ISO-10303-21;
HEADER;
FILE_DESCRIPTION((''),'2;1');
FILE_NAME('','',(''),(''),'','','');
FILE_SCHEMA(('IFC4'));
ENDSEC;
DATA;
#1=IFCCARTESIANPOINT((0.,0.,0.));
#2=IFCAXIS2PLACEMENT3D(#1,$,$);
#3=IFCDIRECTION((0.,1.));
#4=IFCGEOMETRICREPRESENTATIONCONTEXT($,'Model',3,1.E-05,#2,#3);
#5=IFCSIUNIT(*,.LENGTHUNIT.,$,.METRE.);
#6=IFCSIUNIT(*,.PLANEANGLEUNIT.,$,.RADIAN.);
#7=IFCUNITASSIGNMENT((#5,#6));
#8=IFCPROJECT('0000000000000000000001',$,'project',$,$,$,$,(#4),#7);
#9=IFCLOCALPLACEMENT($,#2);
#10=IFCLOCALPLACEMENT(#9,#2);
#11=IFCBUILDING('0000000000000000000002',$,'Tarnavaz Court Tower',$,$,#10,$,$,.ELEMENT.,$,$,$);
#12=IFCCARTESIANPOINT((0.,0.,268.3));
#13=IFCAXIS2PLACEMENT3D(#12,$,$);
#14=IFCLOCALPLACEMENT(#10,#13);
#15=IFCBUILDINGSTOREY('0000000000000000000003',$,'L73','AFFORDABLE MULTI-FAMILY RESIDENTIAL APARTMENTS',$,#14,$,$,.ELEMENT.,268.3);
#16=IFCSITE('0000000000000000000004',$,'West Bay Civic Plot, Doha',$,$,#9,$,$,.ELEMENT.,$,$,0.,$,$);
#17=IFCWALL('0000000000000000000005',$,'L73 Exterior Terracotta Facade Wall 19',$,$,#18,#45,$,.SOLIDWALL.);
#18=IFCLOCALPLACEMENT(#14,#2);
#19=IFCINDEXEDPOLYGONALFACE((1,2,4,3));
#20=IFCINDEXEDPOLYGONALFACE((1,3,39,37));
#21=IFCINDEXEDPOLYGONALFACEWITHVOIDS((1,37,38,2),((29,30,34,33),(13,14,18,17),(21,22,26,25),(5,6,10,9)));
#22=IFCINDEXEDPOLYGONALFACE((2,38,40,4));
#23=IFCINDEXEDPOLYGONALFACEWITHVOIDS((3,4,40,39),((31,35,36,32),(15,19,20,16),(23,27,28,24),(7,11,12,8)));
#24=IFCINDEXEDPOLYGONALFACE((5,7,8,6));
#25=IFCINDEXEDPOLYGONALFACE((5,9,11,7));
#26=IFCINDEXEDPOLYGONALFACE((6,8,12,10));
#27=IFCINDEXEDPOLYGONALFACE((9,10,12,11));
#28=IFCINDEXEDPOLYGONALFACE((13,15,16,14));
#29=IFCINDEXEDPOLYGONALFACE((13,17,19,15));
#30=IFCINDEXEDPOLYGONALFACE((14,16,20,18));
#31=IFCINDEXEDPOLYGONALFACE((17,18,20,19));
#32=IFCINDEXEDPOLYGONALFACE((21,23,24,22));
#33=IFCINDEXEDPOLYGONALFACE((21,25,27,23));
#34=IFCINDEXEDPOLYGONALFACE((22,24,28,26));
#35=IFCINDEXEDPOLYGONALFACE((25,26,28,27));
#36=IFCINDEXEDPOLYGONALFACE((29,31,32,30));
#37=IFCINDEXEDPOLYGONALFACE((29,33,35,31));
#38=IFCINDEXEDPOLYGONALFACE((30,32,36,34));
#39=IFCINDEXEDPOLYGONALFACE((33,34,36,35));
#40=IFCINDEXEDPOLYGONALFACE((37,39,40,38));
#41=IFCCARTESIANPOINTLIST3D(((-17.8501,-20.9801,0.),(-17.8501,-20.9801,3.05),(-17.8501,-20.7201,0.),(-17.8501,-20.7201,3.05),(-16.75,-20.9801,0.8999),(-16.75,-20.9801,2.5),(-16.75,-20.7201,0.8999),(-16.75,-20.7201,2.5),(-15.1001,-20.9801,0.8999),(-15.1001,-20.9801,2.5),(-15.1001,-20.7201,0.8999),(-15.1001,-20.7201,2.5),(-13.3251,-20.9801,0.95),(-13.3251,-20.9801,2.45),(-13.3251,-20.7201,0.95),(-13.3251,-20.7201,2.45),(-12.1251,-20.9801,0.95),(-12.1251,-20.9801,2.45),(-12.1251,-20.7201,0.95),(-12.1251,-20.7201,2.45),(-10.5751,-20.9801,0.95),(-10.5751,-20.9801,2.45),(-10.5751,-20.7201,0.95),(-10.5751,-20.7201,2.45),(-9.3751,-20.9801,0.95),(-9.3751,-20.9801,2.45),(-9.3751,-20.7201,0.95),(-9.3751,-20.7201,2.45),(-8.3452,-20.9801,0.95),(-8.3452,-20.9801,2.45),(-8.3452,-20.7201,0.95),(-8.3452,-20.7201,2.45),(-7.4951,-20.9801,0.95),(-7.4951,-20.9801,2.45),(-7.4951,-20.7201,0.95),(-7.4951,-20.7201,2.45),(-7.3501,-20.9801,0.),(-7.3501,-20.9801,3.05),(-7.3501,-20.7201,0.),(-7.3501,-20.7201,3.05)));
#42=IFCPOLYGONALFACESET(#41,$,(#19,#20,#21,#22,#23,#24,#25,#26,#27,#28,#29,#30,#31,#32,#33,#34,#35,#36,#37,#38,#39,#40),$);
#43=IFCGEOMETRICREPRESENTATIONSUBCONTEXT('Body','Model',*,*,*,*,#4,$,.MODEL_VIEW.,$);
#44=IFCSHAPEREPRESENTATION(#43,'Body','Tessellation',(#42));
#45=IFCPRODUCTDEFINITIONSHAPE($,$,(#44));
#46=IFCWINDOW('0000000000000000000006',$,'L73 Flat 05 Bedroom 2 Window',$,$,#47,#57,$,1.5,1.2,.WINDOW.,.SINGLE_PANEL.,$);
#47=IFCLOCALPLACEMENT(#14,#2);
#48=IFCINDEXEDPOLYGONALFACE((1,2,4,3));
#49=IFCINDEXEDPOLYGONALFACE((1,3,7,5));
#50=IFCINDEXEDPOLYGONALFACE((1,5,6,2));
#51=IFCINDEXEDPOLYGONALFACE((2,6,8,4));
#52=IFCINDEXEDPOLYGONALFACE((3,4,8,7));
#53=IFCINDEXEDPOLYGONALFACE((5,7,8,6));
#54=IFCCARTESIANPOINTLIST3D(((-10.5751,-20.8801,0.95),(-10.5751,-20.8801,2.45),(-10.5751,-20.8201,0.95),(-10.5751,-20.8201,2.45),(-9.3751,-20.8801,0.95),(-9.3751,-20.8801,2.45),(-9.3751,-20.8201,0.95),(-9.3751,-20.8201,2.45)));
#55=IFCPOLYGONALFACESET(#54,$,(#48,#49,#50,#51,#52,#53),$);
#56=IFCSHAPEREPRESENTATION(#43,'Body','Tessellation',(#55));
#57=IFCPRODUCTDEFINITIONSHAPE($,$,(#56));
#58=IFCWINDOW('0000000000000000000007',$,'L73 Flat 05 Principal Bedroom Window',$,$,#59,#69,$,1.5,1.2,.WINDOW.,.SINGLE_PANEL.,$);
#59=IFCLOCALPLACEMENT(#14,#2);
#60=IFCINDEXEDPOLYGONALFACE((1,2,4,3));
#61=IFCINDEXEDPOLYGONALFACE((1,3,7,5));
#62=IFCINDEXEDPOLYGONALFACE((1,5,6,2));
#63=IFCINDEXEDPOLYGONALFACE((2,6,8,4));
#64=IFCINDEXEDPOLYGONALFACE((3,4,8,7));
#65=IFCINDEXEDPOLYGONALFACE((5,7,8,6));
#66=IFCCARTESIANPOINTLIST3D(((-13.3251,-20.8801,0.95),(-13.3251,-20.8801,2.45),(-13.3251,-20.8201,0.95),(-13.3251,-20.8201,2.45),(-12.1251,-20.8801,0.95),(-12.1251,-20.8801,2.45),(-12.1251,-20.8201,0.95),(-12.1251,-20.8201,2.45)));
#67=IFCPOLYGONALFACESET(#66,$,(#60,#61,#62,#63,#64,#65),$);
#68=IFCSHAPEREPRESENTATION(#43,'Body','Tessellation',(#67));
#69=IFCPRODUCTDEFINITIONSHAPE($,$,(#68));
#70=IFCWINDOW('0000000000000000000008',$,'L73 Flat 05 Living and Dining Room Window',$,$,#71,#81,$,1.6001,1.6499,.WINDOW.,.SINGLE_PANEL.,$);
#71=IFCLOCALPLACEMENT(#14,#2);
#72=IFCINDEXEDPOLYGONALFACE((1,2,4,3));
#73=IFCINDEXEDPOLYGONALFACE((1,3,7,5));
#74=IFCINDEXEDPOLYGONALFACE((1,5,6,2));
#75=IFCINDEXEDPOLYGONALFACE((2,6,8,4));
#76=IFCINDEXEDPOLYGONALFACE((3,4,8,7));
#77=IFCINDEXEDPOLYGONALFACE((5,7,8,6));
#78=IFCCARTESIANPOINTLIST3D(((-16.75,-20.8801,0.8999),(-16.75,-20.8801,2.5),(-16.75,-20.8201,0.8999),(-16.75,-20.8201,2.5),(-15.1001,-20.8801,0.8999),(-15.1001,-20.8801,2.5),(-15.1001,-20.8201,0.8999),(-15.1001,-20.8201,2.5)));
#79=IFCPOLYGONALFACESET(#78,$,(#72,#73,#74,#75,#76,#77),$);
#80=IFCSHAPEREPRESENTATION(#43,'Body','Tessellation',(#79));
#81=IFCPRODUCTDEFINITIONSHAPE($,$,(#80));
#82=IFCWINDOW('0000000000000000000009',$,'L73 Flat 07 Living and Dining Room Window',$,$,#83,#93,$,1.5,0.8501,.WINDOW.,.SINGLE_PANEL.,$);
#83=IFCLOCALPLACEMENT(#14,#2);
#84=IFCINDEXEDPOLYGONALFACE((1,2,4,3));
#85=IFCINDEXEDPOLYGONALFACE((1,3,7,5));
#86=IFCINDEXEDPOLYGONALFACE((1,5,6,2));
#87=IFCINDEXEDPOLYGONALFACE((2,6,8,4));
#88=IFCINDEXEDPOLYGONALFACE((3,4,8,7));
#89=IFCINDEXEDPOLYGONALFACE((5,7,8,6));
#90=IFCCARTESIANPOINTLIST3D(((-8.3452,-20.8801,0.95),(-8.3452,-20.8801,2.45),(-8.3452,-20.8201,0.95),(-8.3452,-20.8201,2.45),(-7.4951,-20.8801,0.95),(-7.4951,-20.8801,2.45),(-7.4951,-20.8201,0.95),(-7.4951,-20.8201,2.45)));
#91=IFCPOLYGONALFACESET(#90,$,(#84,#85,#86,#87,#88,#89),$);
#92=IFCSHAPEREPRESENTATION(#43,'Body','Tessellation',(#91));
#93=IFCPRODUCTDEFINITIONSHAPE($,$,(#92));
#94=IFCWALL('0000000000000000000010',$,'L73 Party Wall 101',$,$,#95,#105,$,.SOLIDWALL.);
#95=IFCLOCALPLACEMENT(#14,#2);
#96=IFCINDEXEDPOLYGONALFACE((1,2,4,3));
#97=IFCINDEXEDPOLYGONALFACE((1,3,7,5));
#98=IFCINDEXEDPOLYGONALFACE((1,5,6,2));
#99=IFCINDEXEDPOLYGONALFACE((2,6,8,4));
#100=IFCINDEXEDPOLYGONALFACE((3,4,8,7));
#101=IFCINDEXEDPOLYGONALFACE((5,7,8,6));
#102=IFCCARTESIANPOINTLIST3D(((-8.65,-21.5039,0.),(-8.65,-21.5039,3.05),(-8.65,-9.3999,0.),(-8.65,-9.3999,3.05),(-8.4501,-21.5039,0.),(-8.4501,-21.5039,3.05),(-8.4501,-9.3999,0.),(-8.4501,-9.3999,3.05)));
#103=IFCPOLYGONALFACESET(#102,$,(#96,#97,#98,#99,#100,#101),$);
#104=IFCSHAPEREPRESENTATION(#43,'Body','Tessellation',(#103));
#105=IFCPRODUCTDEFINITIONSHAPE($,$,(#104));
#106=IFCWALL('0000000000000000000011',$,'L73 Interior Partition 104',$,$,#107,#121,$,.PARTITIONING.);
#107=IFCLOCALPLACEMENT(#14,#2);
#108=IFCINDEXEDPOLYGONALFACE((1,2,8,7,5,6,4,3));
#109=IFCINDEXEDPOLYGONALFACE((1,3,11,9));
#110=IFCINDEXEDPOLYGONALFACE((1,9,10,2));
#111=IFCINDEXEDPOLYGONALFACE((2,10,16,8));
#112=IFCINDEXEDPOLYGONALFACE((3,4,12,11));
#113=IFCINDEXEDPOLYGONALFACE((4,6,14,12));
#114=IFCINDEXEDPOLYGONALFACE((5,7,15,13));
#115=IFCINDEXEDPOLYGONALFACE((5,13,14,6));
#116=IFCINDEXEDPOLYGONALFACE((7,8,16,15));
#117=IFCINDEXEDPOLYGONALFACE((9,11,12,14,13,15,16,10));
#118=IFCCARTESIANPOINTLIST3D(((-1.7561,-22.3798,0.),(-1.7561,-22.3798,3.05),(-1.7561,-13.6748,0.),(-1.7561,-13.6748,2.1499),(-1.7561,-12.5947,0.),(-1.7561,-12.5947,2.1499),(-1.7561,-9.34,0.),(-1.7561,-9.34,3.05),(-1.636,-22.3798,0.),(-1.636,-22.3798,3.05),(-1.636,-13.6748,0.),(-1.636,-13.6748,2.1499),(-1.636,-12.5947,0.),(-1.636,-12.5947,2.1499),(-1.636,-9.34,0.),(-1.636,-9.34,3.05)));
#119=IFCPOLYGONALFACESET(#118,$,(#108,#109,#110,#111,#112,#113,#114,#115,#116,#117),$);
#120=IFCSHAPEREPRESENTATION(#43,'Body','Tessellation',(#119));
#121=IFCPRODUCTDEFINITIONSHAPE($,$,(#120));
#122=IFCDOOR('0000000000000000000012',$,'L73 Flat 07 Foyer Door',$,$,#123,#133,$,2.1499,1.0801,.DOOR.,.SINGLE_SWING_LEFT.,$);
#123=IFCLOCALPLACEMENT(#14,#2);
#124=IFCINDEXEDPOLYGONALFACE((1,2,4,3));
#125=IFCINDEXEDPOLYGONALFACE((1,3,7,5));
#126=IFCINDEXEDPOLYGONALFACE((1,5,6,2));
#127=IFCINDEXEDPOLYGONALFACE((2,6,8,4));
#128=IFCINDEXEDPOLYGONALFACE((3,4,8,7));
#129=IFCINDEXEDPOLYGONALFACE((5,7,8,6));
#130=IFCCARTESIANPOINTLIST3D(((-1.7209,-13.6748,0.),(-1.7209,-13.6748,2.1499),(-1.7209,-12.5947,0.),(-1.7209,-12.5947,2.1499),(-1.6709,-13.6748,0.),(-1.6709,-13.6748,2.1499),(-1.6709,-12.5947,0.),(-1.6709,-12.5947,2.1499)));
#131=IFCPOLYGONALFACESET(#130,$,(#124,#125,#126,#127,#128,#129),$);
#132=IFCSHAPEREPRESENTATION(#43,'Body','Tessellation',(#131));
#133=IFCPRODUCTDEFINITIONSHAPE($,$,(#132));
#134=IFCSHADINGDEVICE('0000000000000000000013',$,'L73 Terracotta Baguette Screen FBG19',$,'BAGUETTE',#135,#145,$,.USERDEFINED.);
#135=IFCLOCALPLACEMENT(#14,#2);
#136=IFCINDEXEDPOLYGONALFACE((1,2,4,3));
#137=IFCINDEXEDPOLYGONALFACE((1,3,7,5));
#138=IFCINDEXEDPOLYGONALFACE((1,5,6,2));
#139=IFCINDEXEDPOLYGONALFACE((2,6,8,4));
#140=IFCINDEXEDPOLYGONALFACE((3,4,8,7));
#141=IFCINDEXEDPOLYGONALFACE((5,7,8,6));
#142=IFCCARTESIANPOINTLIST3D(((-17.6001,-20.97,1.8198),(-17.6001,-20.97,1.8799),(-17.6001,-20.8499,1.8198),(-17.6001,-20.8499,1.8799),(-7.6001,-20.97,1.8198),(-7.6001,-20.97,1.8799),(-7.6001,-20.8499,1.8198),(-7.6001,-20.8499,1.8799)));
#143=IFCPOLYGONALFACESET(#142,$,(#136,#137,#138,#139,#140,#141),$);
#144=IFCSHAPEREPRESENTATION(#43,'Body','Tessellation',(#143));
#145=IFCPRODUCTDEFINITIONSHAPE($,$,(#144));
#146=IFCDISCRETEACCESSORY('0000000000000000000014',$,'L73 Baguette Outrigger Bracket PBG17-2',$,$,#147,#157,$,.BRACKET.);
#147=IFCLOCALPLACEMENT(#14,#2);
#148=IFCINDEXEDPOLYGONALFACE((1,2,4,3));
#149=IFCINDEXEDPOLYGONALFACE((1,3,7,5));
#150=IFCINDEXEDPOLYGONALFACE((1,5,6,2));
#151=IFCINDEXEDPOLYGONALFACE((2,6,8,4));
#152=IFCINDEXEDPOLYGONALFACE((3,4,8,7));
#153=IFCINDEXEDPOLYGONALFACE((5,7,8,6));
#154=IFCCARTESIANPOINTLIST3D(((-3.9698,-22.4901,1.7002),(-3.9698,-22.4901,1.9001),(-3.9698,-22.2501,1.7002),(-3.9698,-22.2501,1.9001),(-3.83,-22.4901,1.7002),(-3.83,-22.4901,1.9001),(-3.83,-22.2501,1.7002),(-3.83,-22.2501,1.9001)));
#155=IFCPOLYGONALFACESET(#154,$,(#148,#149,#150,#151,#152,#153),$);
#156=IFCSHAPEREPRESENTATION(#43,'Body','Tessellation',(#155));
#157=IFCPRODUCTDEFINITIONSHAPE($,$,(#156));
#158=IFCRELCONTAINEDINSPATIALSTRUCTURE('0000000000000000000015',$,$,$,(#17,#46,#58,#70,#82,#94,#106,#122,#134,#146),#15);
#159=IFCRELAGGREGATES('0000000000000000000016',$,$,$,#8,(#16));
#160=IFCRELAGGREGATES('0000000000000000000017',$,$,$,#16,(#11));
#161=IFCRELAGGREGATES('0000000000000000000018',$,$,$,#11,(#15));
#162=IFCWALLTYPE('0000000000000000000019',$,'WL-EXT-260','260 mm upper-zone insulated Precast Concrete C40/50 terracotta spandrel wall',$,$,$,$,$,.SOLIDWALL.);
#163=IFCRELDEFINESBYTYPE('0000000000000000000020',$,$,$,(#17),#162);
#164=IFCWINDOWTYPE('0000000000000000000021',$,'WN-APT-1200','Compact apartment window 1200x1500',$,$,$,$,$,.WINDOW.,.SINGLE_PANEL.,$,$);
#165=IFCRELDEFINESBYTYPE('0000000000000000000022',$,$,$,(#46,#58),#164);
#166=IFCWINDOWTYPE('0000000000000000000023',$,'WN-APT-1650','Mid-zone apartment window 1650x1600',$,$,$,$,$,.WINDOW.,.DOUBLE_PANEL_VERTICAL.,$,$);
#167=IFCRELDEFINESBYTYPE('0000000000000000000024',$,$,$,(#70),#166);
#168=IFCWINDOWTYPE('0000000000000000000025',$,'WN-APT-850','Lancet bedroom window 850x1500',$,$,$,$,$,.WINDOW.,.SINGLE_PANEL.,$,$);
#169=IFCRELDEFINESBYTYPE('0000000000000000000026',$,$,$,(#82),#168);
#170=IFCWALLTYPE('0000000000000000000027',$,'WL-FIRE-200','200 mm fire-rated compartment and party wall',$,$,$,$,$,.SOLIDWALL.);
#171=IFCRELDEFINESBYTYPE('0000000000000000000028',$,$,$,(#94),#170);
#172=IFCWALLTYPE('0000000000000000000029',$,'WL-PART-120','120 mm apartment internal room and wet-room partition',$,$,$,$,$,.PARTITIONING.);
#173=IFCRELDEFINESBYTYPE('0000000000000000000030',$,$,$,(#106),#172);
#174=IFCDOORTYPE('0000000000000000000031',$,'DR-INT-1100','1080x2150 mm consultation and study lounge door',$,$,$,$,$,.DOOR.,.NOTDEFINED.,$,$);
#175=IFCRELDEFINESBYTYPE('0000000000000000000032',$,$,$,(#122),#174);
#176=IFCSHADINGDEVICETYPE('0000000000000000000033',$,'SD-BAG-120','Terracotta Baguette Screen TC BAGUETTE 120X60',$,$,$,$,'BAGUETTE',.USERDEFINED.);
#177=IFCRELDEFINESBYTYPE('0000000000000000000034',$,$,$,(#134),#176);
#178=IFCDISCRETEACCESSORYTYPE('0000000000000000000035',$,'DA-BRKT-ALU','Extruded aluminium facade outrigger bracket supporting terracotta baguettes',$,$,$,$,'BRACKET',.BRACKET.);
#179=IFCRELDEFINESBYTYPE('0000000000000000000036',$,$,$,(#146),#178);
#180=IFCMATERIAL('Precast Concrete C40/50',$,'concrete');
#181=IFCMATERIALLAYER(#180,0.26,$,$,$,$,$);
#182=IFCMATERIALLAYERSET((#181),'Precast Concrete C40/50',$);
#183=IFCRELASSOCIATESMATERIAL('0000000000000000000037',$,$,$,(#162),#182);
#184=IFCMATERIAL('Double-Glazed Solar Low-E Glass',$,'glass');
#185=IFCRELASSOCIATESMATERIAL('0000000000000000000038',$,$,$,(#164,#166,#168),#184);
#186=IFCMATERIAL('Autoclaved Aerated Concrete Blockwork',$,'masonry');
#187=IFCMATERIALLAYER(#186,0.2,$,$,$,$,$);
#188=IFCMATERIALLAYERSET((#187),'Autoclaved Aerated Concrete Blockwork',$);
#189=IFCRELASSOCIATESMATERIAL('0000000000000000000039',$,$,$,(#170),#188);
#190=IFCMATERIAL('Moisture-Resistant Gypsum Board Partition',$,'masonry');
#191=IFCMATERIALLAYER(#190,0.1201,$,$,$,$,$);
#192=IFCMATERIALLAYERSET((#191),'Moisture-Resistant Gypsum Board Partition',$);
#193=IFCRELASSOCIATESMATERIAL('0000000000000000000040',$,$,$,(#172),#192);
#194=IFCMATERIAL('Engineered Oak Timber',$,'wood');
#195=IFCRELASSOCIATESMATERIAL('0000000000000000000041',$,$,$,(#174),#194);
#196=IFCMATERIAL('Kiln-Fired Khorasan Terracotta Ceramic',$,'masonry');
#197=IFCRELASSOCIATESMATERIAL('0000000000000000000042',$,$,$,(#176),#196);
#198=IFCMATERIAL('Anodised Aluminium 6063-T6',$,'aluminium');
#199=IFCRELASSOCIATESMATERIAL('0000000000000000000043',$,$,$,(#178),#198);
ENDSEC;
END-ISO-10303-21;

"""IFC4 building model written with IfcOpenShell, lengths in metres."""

from ifc_helpers import new_model, si_unit, direction, frame, frame_2d, origin, origin_2d, place, context, subcontext, project, spatial, rectangle, extrude, material, layer, layer_set, material_profile, profile_set, type_object, element, fill, save


model = new_model("IFC4")

# Units and contexts
model_context = context("Model", 3, precision=1e-05, world=origin(), true_north=direction((0.0, 1.0)))
body_context = subcontext(model_context, "Body", "Model", "MODEL_VIEW")
ifc_project = project(units=[si_unit("LENGTHUNIT", "METRE"), si_unit("PLANEANGLEUNIT", "RADIAN")], contexts=[model_context])

# Site, building, storey
site_placement = place(None, origin())
site = spatial("IfcSite", under=ifc_project, at=site_placement, Name="West Bay Civic Plot, Doha", CompositionType="ELEMENT", RefElevation=0.0)
building_placement = place(site_placement, origin())
building = spatial("IfcBuilding", under=site, at=building_placement, Name="Tarnavaz Court Tower", CompositionType="ELEMENT")
storey_placement = place(building_placement, frame((0.0, 0.0, 268.3)))
storey = spatial("IfcBuildingStorey", under=building, at=storey_placement, Name="L73", Description="AFFORDABLE MULTI-FAMILY RESIDENTIAL APARTMENTS", CompositionType="ELEMENT", Elevation=268.3)

# Shared definitions
ifc_material_1 = material(Name="Anodised Aluminium 6063-T6", Category="aluminium")
ifc_material_2 = material(Name="Double-Glazed Solar Low-E Glass", Category="glass")

# Shared definitions
ifc_material_3 = material(Name="Precast Concrete C40/50", Category="concrete")
ifc_layer_1 = layer(ifc_material_3, 0.26)
ifc_layer_set_1 = layer_set([ifc_layer_1], Name="Precast Concrete C40/50")
wall_type_1 = type_object("IfcWallType", Name="WL-EXT-260", Description="260 mm upper-zone insulated Precast Concrete C40/50 terracotta spandrel wall", PredefinedType="SOLIDWALL", material=ifc_layer_set_1)
window_type_1 = type_object("IfcWindowType", Name="WN-APT-1200", Description="Compact apartment window 1200x1500", PartitioningType="SINGLE_PANEL", PredefinedType="WINDOW", material=ifc_material_2)

# Wall, openings, windows
wall_1_placement = place(storey_placement, frame((-7.3501, -20.8501, 0.0), z_axis=(0.0, 0.0, 1.0), x_axis=(-1.0, 0.0, 0.0)))
wall_1 = element("IfcWall", 1, at=wall_1_placement, inside=storey, type_object=wall_type_1, Name="L73 Exterior Terracotta Facade Wall 19", PredefinedType="SOLIDWALL", context=body_context, shape_type="SweptSolid", body=[
    extrude(rectangle(XDim=10.5, YDim=0.26, at=frame_2d((5.25, 0.0))), origin(), (0.0, 0.0, 1.0), 3.05),
])
opening_1_placement = place(wall_1_placement, frame((0.145, 0.0, 0.95)))
opening_1 = element("IfcOpeningElement", 2, at=opening_1_placement, cuts=wall_1, PredefinedType="OPENING", context=body_context, shape_type="SweptSolid", body=[
    extrude(rectangle(XDim=0.8501, YDim=1.5, at=frame_2d((0.425, 0.75))), frame((0.0, 0.1399, 0.0), z_axis=(0.0, -1.0, 0.0), x_axis=(1.0, 0.0, 0.0)), (0.0, 0.0, 1.0), 0.28),
])
opening_2_placement = place(wall_1_placement, frame((2.0249, 0.0, 0.95)))
opening_2 = element("IfcOpeningElement", 3, at=opening_2_placement, cuts=wall_1, PredefinedType="OPENING", context=body_context, shape_type="SweptSolid", body=[
    extrude(rectangle(XDim=1.2, YDim=1.5, at=frame_2d((0.6001, 0.75))), frame((0.0, 0.1399, 0.0), z_axis=(0.0, -1.0, 0.0), x_axis=(1.0, 0.0, 0.0)), (0.0, 0.0, 1.0), 0.28),
])
opening_3_placement = place(wall_1_placement, frame((4.7749, 0.0, 0.95)))
opening_3 = element("IfcOpeningElement", 4, at=opening_3_placement, cuts=wall_1, PredefinedType="OPENING", context=body_context, shape_type="SweptSolid", body=[
    extrude(rectangle(XDim=1.2, YDim=1.5, at=frame_2d((0.6001, 0.75))), frame((0.0, 0.1399, 0.0), z_axis=(0.0, -1.0, 0.0), x_axis=(1.0, 0.0, 0.0)), (0.0, 0.0, 1.0), 0.28),
])
opening_4_placement = place(wall_1_placement, frame((7.75, 0.0, 0.8999)))
opening_4 = element("IfcOpeningElement", 5, at=opening_4_placement, cuts=wall_1, PredefinedType="OPENING", context=body_context, shape_type="SweptSolid", body=[
    extrude(rectangle(XDim=1.6499, YDim=1.6001, at=frame_2d((0.825, 0.8))), frame((0.0, 0.1399, 0.0), z_axis=(0.0, -1.0, 0.0), x_axis=(1.0, 0.0, 0.0)), (0.0, 0.0, 1.0), 0.28),
])
window_1_placement = place(opening_2_placement, origin())
window_1 = element("IfcWindow", 6, at=window_1_placement, inside=storey, type_object=window_type_1, Name="L73 Flat 05 Bedroom 2 Window", OverallHeight=1.5, OverallWidth=1.2, PartitioningType="SINGLE_PANEL", PredefinedType="WINDOW", context=body_context, shape_type="SweptSolid", body=[
    extrude(rectangle(XDim=1.2, YDim=1.5, at=frame_2d((0.6001, 0.75))), frame((0.0, 0.03, 0.0), z_axis=(0.0, -1.0, 0.0), x_axis=(1.0, 0.0, 0.0)), (0.0, 0.0, 1.0), 0.0601),
])
fill(opening_2, window_1)
window_2_placement = place(opening_3_placement, origin())
window_2 = element("IfcWindow", 7, at=window_2_placement, inside=storey, type_object=window_type_1, Name="L73 Flat 05 Principal Bedroom Window", OverallHeight=1.5, OverallWidth=1.2, PartitioningType="SINGLE_PANEL", PredefinedType="WINDOW", context=body_context, shape_type="SweptSolid", body=[
    extrude(rectangle(XDim=1.2, YDim=1.5, at=frame_2d((0.6001, 0.75))), frame((0.0, 0.03, 0.0), z_axis=(0.0, -1.0, 0.0), x_axis=(1.0, 0.0, 0.0)), (0.0, 0.0, 1.0), 0.0601),
])
fill(opening_3, window_2)
window_type_2 = type_object("IfcWindowType", Name="WN-APT-1650", Description="Mid-zone apartment window 1650x1600", PartitioningType="DOUBLE_PANEL_VERTICAL", PredefinedType="WINDOW", material=ifc_material_2)
window_3_placement = place(opening_4_placement, origin())
window_3 = element("IfcWindow", 8, at=window_3_placement, inside=storey, type_object=window_type_2, Name="L73 Flat 05 Living and Dining Room Window", OverallHeight=1.6001, OverallWidth=1.6499, PartitioningType="SINGLE_PANEL", PredefinedType="WINDOW", context=body_context, shape_type="SweptSolid", body=[
    extrude(rectangle(XDim=1.6499, YDim=1.6001, at=frame_2d((0.825, 0.8))), frame((0.0, 0.03, 0.0), z_axis=(0.0, -1.0, 0.0), x_axis=(1.0, 0.0, 0.0)), (0.0, 0.0, 1.0), 0.0601),
])
fill(opening_4, window_3)
window_type_3 = type_object("IfcWindowType", Name="WN-APT-850", Description="Lancet bedroom window 850x1500", PartitioningType="SINGLE_PANEL", PredefinedType="WINDOW", material=ifc_material_2)
window_4_placement = place(opening_1_placement, origin())
window_4 = element("IfcWindow", 9, at=window_4_placement, inside=storey, type_object=window_type_3, Name="L73 Flat 07 Living and Dining Room Window", OverallHeight=1.5, OverallWidth=0.8501, PartitioningType="SINGLE_PANEL", PredefinedType="WINDOW", context=body_context, shape_type="SweptSolid", body=[
    extrude(rectangle(XDim=0.8501, YDim=1.5, at=frame_2d((0.425, 0.75))), frame((0.0, 0.03, 0.0), z_axis=(0.0, -1.0, 0.0), x_axis=(1.0, 0.0, 0.0)), (0.0, 0.0, 1.0), 0.0601),
])
fill(opening_1, window_4)

# Wall
ifc_material_4 = material(Name="Autoclaved Aerated Concrete Blockwork", Category="masonry")
ifc_layer_2 = layer(ifc_material_4, 0.2)
ifc_layer_set_2 = layer_set([ifc_layer_2], Name="Autoclaved Aerated Concrete Blockwork")
wall_type_2 = type_object("IfcWallType", Name="WL-FIRE-200", Description="200 mm fire-rated compartment and party wall", PredefinedType="SOLIDWALL", material=ifc_layer_set_2)
wall_2_placement = place(storey_placement, frame((-8.55, -21.5039, 0.0), z_axis=(0.0, 0.0, 1.0), x_axis=(0.0, 1.0, 0.0)))
element("IfcWall", 10, at=wall_2_placement, inside=storey, type_object=wall_type_2, Name="L73 Party Wall 101", PredefinedType="SOLIDWALL", context=body_context, shape_type="SweptSolid", body=[
    extrude(rectangle(XDim=12.104, YDim=0.2, at=frame_2d((6.052, 0.0))), origin(), (0.0, 0.0, 1.0), 3.05),
])

# Wall, opening, door
ifc_material_5 = material(Name="Moisture-Resistant Gypsum Board Partition", Category="masonry")
ifc_layer_3 = layer(ifc_material_5, 0.1201)
ifc_layer_set_3 = layer_set([ifc_layer_3], Name="Moisture-Resistant Gypsum Board Partition")
wall_type_3 = type_object("IfcWallType", Name="WL-PART-120", Description="120 mm apartment internal room and wet-room partition", PredefinedType="PARTITIONING", material=ifc_layer_set_3)
wall_3_placement = place(storey_placement, frame((-1.696, -22.3799, 0.0), z_axis=(0.0, 0.0, 1.0), x_axis=(0.0, 1.0, 0.0)))
wall_3 = element("IfcWall", 11, at=wall_3_placement, inside=storey, type_object=wall_type_3, Name="L73 Interior Partition 104", PredefinedType="PARTITIONING", context=body_context, shape_type="SweptSolid", body=[
    extrude(rectangle(XDim=13.0398, YDim=0.1201, at=frame_2d((6.52, 0.0))), origin(), (0.0, 0.0, 1.0), 3.05),
])
opening_5_placement = place(wall_3_placement, frame((8.7051, 0.0, 0.0)))
opening_5 = element("IfcOpeningElement", 12, at=opening_5_placement, cuts=wall_3, PredefinedType="OPENING", context=body_context, shape_type="SweptSolid", body=[
    extrude(rectangle(XDim=1.0801, YDim=2.1499, at=frame_2d((0.54, 1.075))), frame((0.0, 0.0701, 0.0), z_axis=(0.0, -1.0, 0.0), x_axis=(1.0, 0.0, 0.0)), (0.0, 0.0, 1.0), 0.1401),
])
ifc_material_6 = material(Name="Engineered Oak Timber", Category="wood")
door_type = type_object("IfcDoorType", Name="DR-INT-1100", Description="1080x2150 mm consultation and study lounge door", OperationType="NOTDEFINED", PredefinedType="DOOR", material=ifc_material_6)
door_placement = place(opening_5_placement, origin())
door = element("IfcDoor", 13, at=door_placement, inside=storey, type_object=door_type, Name="L73 Flat 07 Foyer Door", OperationType="SINGLE_SWING_LEFT", OverallHeight=2.1499, OverallWidth=1.0801, PredefinedType="DOOR", context=body_context, shape_type="SweptSolid", body=[
    extrude(rectangle(XDim=1.0801, YDim=2.1499, at=frame_2d((0.54, 1.075))), frame((0.0, 0.0249, 0.0), z_axis=(0.0, -1.0, 0.0), x_axis=(1.0, 0.0, 0.0)), (0.0, 0.0, 1.0), 0.05),
])
fill(opening_5, door)

# Shading device
ifc_material_7 = material(Name="Kiln-Fired Khorasan Terracotta Ceramic", Category="masonry")
ifc_material_profile_1 = material_profile(ifc_material_7, rectangle(XDim=0.1201, YDim=0.0601, at=origin_2d()), Name="TC BAGUETTE 120X60")
ifc_profile_set_1 = profile_set([ifc_material_profile_1], Name="Kiln-Fired Khorasan Terracotta Ceramic")
shading_device_type = type_object("IfcShadingDeviceType", Name="SD-BAG-120", Description="Terracotta Baguette Screen TC BAGUETTE 120X60", ElementType="BAGUETTE", PredefinedType="USERDEFINED", material=ifc_profile_set_1)
shading_device_placement = place(storey_placement, frame((-7.6001, -20.9099, 1.8499), z_axis=(-1.0, 0.0, 0.0), x_axis=(0.0, -1.0, 0.0)))
element("IfcShadingDevice", 14, at=shading_device_placement, inside=storey, type_object=shading_device_type, Name="L73 Terracotta Baguette Screen FBG19", ObjectType="BAGUETTE", PredefinedType="USERDEFINED", context=body_context, shape_type="SweptSolid", body=[
    extrude(rectangle(XDim=0.1201, YDim=0.0601, at=origin_2d()), origin(), (0.0, 0.0, 1.0), 10.0),
])

# Discrete accessory
discrete_accessory_type = type_object("IfcDiscreteAccessoryType", Name="DA-BRKT-ALU", Description="Extruded aluminium facade outrigger bracket supporting terracotta baguettes", ElementType="BRACKET", PredefinedType="BRACKET", material=ifc_material_1)
for number, where, z_axis, x_axis, name in (
    (15, (-3.8999, -22.3701, 1.7002), (0.0, 0.0, 1.0), (-1.0, 0.0, 0.0), "L73 Baguette Outrigger Bracket PBG17-2"),
):
    element("IfcDiscreteAccessory", number, at=place(storey_placement, frame(where, z_axis=z_axis, x_axis=x_axis)), inside=storey, type_object=discrete_accessory_type, Name=name, PredefinedType="BRACKET", context=body_context, shape_type="SweptSolid", body=[
        extrude(rectangle(XDim=0.1399, YDim=0.24, at=origin_2d()), origin(), (0.0, 0.0, 1.0), 0.2),
    ])

save(model, "model.ifc")
